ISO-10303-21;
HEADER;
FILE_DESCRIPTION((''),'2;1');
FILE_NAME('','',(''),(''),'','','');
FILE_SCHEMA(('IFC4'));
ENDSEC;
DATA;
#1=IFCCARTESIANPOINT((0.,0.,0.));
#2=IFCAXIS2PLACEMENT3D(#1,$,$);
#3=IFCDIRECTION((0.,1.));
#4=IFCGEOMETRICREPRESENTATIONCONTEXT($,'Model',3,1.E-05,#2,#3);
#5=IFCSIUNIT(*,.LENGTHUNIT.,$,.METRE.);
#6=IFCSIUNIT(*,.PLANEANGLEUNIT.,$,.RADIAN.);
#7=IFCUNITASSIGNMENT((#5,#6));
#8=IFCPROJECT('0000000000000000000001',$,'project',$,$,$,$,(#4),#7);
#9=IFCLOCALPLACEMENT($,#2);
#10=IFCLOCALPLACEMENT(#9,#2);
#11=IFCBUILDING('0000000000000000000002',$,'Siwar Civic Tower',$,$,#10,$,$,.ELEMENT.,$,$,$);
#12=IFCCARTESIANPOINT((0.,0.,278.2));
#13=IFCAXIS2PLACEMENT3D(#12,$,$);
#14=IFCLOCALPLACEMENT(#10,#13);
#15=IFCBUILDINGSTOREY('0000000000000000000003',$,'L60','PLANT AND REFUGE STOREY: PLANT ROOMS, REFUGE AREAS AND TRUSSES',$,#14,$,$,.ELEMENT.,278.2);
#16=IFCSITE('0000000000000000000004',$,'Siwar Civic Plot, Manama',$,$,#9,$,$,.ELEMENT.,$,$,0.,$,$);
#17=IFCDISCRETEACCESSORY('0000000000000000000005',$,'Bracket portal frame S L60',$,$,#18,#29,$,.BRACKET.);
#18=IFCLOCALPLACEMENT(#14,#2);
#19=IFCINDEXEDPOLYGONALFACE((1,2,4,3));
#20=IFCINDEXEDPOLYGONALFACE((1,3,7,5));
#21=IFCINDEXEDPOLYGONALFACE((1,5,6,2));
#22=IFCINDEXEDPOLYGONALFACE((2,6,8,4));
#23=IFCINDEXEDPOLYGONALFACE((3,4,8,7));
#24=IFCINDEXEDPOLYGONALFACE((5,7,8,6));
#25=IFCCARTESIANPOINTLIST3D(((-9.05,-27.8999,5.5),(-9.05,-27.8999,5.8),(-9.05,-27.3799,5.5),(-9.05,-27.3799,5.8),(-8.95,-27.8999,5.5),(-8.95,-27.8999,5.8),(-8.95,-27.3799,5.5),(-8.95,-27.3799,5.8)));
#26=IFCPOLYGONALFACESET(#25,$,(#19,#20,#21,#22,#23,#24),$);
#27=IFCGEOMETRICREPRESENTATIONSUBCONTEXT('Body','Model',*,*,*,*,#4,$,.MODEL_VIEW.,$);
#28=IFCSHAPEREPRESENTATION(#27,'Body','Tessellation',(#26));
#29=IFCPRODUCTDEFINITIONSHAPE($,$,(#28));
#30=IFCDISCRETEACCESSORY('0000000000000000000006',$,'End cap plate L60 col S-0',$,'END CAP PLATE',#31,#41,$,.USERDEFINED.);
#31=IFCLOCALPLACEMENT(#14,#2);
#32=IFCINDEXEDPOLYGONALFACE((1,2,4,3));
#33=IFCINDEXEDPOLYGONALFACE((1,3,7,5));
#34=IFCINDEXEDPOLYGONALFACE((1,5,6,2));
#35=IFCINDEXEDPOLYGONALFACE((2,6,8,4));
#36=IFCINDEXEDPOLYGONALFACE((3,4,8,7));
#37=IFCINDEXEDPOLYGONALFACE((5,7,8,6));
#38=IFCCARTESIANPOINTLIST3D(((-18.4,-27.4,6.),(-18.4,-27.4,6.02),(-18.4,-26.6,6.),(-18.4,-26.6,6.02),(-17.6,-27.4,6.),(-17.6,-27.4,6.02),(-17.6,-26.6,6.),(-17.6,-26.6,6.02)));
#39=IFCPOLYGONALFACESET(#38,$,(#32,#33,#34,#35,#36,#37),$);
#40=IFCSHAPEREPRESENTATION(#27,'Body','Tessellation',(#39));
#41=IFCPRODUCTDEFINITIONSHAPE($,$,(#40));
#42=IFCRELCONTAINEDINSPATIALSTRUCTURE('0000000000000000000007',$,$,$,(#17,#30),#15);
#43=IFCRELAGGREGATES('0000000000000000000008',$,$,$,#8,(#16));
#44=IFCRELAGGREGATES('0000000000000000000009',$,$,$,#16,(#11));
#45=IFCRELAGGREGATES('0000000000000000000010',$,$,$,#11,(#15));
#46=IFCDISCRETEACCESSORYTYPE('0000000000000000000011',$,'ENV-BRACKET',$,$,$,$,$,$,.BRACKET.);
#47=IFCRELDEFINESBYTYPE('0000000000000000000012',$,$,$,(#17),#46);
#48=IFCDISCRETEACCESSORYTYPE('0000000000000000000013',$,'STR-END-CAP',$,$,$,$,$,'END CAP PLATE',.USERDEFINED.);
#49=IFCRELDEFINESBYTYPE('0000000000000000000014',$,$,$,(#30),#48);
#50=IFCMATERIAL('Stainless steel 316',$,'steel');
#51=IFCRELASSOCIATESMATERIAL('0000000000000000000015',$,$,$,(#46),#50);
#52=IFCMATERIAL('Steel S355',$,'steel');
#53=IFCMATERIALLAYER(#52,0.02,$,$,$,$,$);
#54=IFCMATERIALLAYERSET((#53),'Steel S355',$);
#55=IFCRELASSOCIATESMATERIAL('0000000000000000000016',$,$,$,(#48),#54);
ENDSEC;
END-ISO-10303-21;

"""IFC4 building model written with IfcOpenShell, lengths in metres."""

from ifc_helpers import new_model, si_unit, direction, frame, origin, origin_2d, place, context, subcontext, project, spatial, rectangle, extrude, material, layer, layer_set, type_object, element, save


model = new_model("IFC4")

# Units and contexts
model_context = context("Model", 3, precision=1e-05, world=origin(), true_north=direction((0.0, 1.0)))
body_context = subcontext(model_context, "Body", "Model", "MODEL_VIEW")
ifc_project = project(units=[si_unit("LENGTHUNIT", "METRE"), si_unit("PLANEANGLEUNIT", "RADIAN")], contexts=[model_context])

# Site, building, storey
site_placement = place(None, origin())
site = spatial("IfcSite", under=ifc_project, at=site_placement, Name="Siwar Civic Plot, Manama", CompositionType="ELEMENT", RefElevation=0.0)
building_placement = place(site_placement, origin())
building = spatial("IfcBuilding", under=site, at=building_placement, Name="Siwar Civic Tower", CompositionType="ELEMENT")
storey_placement = place(building_placement, frame((0.0, 0.0, 278.2)))
storey = spatial("IfcBuildingStorey", under=building, at=storey_placement, Name="L60", Description="PLANT AND REFUGE STOREY: PLANT ROOMS, REFUGE AREAS AND TRUSSES", CompositionType="ELEMENT", Elevation=278.2)

# Discrete accessories
ifc_material_1 = material(Name="Stainless steel 316", Category="steel")
discrete_accessory_type_1 = type_object("IfcDiscreteAccessoryType", Name="ENV-BRACKET", PredefinedType="BRACKET", material=ifc_material_1)
discrete_accessory_1_placement = place(storey_placement, frame((-9.0, -27.6399, 5.5), z_axis=(0.0, 0.0, 1.0), x_axis=(0.0, 1.0, 0.0)))
element("IfcDiscreteAccessory", 1, at=discrete_accessory_1_placement, inside=storey, type_object=discrete_accessory_type_1, Name="Bracket portal frame S L60", PredefinedType="BRACKET", context=body_context, shape_type="SweptSolid", body=[
    extrude(rectangle(XDim=0.52, YDim=0.1001, at=origin_2d()), origin(), (0.0, 0.0, 1.0), 0.3),
])
ifc_material_2 = material(Name="Steel S355", Category="steel")
ifc_layer_1 = layer(ifc_material_2, 0.02)
ifc_layer_set_1 = layer_set([ifc_layer_1], Name="Steel S355")
discrete_accessory_type_2 = type_object("IfcDiscreteAccessoryType", Name="STR-END-CAP", ElementType="END CAP PLATE", PredefinedType="USERDEFINED", material=ifc_layer_set_1)
discrete_accessory_2_placement = place(storey_placement, frame((-18.0, -27.0, 6.0), z_axis=(0.0, 0.0, 1.0), x_axis=(1.0, 0.0, 0.0)))
element("IfcDiscreteAccessory", 2, at=discrete_accessory_2_placement, inside=storey, type_object=discrete_accessory_type_2, Name="End cap plate L60 col S-0", ObjectType="END CAP PLATE", PredefinedType="USERDEFINED", context=body_context, shape_type="SweptSolid", body=[
    extrude(rectangle(XDim=0.8, YDim=0.8, at=origin_2d()), origin(), (0.0, 0.0, 1.0), 0.02),
])

save(model, "model.ifc")
